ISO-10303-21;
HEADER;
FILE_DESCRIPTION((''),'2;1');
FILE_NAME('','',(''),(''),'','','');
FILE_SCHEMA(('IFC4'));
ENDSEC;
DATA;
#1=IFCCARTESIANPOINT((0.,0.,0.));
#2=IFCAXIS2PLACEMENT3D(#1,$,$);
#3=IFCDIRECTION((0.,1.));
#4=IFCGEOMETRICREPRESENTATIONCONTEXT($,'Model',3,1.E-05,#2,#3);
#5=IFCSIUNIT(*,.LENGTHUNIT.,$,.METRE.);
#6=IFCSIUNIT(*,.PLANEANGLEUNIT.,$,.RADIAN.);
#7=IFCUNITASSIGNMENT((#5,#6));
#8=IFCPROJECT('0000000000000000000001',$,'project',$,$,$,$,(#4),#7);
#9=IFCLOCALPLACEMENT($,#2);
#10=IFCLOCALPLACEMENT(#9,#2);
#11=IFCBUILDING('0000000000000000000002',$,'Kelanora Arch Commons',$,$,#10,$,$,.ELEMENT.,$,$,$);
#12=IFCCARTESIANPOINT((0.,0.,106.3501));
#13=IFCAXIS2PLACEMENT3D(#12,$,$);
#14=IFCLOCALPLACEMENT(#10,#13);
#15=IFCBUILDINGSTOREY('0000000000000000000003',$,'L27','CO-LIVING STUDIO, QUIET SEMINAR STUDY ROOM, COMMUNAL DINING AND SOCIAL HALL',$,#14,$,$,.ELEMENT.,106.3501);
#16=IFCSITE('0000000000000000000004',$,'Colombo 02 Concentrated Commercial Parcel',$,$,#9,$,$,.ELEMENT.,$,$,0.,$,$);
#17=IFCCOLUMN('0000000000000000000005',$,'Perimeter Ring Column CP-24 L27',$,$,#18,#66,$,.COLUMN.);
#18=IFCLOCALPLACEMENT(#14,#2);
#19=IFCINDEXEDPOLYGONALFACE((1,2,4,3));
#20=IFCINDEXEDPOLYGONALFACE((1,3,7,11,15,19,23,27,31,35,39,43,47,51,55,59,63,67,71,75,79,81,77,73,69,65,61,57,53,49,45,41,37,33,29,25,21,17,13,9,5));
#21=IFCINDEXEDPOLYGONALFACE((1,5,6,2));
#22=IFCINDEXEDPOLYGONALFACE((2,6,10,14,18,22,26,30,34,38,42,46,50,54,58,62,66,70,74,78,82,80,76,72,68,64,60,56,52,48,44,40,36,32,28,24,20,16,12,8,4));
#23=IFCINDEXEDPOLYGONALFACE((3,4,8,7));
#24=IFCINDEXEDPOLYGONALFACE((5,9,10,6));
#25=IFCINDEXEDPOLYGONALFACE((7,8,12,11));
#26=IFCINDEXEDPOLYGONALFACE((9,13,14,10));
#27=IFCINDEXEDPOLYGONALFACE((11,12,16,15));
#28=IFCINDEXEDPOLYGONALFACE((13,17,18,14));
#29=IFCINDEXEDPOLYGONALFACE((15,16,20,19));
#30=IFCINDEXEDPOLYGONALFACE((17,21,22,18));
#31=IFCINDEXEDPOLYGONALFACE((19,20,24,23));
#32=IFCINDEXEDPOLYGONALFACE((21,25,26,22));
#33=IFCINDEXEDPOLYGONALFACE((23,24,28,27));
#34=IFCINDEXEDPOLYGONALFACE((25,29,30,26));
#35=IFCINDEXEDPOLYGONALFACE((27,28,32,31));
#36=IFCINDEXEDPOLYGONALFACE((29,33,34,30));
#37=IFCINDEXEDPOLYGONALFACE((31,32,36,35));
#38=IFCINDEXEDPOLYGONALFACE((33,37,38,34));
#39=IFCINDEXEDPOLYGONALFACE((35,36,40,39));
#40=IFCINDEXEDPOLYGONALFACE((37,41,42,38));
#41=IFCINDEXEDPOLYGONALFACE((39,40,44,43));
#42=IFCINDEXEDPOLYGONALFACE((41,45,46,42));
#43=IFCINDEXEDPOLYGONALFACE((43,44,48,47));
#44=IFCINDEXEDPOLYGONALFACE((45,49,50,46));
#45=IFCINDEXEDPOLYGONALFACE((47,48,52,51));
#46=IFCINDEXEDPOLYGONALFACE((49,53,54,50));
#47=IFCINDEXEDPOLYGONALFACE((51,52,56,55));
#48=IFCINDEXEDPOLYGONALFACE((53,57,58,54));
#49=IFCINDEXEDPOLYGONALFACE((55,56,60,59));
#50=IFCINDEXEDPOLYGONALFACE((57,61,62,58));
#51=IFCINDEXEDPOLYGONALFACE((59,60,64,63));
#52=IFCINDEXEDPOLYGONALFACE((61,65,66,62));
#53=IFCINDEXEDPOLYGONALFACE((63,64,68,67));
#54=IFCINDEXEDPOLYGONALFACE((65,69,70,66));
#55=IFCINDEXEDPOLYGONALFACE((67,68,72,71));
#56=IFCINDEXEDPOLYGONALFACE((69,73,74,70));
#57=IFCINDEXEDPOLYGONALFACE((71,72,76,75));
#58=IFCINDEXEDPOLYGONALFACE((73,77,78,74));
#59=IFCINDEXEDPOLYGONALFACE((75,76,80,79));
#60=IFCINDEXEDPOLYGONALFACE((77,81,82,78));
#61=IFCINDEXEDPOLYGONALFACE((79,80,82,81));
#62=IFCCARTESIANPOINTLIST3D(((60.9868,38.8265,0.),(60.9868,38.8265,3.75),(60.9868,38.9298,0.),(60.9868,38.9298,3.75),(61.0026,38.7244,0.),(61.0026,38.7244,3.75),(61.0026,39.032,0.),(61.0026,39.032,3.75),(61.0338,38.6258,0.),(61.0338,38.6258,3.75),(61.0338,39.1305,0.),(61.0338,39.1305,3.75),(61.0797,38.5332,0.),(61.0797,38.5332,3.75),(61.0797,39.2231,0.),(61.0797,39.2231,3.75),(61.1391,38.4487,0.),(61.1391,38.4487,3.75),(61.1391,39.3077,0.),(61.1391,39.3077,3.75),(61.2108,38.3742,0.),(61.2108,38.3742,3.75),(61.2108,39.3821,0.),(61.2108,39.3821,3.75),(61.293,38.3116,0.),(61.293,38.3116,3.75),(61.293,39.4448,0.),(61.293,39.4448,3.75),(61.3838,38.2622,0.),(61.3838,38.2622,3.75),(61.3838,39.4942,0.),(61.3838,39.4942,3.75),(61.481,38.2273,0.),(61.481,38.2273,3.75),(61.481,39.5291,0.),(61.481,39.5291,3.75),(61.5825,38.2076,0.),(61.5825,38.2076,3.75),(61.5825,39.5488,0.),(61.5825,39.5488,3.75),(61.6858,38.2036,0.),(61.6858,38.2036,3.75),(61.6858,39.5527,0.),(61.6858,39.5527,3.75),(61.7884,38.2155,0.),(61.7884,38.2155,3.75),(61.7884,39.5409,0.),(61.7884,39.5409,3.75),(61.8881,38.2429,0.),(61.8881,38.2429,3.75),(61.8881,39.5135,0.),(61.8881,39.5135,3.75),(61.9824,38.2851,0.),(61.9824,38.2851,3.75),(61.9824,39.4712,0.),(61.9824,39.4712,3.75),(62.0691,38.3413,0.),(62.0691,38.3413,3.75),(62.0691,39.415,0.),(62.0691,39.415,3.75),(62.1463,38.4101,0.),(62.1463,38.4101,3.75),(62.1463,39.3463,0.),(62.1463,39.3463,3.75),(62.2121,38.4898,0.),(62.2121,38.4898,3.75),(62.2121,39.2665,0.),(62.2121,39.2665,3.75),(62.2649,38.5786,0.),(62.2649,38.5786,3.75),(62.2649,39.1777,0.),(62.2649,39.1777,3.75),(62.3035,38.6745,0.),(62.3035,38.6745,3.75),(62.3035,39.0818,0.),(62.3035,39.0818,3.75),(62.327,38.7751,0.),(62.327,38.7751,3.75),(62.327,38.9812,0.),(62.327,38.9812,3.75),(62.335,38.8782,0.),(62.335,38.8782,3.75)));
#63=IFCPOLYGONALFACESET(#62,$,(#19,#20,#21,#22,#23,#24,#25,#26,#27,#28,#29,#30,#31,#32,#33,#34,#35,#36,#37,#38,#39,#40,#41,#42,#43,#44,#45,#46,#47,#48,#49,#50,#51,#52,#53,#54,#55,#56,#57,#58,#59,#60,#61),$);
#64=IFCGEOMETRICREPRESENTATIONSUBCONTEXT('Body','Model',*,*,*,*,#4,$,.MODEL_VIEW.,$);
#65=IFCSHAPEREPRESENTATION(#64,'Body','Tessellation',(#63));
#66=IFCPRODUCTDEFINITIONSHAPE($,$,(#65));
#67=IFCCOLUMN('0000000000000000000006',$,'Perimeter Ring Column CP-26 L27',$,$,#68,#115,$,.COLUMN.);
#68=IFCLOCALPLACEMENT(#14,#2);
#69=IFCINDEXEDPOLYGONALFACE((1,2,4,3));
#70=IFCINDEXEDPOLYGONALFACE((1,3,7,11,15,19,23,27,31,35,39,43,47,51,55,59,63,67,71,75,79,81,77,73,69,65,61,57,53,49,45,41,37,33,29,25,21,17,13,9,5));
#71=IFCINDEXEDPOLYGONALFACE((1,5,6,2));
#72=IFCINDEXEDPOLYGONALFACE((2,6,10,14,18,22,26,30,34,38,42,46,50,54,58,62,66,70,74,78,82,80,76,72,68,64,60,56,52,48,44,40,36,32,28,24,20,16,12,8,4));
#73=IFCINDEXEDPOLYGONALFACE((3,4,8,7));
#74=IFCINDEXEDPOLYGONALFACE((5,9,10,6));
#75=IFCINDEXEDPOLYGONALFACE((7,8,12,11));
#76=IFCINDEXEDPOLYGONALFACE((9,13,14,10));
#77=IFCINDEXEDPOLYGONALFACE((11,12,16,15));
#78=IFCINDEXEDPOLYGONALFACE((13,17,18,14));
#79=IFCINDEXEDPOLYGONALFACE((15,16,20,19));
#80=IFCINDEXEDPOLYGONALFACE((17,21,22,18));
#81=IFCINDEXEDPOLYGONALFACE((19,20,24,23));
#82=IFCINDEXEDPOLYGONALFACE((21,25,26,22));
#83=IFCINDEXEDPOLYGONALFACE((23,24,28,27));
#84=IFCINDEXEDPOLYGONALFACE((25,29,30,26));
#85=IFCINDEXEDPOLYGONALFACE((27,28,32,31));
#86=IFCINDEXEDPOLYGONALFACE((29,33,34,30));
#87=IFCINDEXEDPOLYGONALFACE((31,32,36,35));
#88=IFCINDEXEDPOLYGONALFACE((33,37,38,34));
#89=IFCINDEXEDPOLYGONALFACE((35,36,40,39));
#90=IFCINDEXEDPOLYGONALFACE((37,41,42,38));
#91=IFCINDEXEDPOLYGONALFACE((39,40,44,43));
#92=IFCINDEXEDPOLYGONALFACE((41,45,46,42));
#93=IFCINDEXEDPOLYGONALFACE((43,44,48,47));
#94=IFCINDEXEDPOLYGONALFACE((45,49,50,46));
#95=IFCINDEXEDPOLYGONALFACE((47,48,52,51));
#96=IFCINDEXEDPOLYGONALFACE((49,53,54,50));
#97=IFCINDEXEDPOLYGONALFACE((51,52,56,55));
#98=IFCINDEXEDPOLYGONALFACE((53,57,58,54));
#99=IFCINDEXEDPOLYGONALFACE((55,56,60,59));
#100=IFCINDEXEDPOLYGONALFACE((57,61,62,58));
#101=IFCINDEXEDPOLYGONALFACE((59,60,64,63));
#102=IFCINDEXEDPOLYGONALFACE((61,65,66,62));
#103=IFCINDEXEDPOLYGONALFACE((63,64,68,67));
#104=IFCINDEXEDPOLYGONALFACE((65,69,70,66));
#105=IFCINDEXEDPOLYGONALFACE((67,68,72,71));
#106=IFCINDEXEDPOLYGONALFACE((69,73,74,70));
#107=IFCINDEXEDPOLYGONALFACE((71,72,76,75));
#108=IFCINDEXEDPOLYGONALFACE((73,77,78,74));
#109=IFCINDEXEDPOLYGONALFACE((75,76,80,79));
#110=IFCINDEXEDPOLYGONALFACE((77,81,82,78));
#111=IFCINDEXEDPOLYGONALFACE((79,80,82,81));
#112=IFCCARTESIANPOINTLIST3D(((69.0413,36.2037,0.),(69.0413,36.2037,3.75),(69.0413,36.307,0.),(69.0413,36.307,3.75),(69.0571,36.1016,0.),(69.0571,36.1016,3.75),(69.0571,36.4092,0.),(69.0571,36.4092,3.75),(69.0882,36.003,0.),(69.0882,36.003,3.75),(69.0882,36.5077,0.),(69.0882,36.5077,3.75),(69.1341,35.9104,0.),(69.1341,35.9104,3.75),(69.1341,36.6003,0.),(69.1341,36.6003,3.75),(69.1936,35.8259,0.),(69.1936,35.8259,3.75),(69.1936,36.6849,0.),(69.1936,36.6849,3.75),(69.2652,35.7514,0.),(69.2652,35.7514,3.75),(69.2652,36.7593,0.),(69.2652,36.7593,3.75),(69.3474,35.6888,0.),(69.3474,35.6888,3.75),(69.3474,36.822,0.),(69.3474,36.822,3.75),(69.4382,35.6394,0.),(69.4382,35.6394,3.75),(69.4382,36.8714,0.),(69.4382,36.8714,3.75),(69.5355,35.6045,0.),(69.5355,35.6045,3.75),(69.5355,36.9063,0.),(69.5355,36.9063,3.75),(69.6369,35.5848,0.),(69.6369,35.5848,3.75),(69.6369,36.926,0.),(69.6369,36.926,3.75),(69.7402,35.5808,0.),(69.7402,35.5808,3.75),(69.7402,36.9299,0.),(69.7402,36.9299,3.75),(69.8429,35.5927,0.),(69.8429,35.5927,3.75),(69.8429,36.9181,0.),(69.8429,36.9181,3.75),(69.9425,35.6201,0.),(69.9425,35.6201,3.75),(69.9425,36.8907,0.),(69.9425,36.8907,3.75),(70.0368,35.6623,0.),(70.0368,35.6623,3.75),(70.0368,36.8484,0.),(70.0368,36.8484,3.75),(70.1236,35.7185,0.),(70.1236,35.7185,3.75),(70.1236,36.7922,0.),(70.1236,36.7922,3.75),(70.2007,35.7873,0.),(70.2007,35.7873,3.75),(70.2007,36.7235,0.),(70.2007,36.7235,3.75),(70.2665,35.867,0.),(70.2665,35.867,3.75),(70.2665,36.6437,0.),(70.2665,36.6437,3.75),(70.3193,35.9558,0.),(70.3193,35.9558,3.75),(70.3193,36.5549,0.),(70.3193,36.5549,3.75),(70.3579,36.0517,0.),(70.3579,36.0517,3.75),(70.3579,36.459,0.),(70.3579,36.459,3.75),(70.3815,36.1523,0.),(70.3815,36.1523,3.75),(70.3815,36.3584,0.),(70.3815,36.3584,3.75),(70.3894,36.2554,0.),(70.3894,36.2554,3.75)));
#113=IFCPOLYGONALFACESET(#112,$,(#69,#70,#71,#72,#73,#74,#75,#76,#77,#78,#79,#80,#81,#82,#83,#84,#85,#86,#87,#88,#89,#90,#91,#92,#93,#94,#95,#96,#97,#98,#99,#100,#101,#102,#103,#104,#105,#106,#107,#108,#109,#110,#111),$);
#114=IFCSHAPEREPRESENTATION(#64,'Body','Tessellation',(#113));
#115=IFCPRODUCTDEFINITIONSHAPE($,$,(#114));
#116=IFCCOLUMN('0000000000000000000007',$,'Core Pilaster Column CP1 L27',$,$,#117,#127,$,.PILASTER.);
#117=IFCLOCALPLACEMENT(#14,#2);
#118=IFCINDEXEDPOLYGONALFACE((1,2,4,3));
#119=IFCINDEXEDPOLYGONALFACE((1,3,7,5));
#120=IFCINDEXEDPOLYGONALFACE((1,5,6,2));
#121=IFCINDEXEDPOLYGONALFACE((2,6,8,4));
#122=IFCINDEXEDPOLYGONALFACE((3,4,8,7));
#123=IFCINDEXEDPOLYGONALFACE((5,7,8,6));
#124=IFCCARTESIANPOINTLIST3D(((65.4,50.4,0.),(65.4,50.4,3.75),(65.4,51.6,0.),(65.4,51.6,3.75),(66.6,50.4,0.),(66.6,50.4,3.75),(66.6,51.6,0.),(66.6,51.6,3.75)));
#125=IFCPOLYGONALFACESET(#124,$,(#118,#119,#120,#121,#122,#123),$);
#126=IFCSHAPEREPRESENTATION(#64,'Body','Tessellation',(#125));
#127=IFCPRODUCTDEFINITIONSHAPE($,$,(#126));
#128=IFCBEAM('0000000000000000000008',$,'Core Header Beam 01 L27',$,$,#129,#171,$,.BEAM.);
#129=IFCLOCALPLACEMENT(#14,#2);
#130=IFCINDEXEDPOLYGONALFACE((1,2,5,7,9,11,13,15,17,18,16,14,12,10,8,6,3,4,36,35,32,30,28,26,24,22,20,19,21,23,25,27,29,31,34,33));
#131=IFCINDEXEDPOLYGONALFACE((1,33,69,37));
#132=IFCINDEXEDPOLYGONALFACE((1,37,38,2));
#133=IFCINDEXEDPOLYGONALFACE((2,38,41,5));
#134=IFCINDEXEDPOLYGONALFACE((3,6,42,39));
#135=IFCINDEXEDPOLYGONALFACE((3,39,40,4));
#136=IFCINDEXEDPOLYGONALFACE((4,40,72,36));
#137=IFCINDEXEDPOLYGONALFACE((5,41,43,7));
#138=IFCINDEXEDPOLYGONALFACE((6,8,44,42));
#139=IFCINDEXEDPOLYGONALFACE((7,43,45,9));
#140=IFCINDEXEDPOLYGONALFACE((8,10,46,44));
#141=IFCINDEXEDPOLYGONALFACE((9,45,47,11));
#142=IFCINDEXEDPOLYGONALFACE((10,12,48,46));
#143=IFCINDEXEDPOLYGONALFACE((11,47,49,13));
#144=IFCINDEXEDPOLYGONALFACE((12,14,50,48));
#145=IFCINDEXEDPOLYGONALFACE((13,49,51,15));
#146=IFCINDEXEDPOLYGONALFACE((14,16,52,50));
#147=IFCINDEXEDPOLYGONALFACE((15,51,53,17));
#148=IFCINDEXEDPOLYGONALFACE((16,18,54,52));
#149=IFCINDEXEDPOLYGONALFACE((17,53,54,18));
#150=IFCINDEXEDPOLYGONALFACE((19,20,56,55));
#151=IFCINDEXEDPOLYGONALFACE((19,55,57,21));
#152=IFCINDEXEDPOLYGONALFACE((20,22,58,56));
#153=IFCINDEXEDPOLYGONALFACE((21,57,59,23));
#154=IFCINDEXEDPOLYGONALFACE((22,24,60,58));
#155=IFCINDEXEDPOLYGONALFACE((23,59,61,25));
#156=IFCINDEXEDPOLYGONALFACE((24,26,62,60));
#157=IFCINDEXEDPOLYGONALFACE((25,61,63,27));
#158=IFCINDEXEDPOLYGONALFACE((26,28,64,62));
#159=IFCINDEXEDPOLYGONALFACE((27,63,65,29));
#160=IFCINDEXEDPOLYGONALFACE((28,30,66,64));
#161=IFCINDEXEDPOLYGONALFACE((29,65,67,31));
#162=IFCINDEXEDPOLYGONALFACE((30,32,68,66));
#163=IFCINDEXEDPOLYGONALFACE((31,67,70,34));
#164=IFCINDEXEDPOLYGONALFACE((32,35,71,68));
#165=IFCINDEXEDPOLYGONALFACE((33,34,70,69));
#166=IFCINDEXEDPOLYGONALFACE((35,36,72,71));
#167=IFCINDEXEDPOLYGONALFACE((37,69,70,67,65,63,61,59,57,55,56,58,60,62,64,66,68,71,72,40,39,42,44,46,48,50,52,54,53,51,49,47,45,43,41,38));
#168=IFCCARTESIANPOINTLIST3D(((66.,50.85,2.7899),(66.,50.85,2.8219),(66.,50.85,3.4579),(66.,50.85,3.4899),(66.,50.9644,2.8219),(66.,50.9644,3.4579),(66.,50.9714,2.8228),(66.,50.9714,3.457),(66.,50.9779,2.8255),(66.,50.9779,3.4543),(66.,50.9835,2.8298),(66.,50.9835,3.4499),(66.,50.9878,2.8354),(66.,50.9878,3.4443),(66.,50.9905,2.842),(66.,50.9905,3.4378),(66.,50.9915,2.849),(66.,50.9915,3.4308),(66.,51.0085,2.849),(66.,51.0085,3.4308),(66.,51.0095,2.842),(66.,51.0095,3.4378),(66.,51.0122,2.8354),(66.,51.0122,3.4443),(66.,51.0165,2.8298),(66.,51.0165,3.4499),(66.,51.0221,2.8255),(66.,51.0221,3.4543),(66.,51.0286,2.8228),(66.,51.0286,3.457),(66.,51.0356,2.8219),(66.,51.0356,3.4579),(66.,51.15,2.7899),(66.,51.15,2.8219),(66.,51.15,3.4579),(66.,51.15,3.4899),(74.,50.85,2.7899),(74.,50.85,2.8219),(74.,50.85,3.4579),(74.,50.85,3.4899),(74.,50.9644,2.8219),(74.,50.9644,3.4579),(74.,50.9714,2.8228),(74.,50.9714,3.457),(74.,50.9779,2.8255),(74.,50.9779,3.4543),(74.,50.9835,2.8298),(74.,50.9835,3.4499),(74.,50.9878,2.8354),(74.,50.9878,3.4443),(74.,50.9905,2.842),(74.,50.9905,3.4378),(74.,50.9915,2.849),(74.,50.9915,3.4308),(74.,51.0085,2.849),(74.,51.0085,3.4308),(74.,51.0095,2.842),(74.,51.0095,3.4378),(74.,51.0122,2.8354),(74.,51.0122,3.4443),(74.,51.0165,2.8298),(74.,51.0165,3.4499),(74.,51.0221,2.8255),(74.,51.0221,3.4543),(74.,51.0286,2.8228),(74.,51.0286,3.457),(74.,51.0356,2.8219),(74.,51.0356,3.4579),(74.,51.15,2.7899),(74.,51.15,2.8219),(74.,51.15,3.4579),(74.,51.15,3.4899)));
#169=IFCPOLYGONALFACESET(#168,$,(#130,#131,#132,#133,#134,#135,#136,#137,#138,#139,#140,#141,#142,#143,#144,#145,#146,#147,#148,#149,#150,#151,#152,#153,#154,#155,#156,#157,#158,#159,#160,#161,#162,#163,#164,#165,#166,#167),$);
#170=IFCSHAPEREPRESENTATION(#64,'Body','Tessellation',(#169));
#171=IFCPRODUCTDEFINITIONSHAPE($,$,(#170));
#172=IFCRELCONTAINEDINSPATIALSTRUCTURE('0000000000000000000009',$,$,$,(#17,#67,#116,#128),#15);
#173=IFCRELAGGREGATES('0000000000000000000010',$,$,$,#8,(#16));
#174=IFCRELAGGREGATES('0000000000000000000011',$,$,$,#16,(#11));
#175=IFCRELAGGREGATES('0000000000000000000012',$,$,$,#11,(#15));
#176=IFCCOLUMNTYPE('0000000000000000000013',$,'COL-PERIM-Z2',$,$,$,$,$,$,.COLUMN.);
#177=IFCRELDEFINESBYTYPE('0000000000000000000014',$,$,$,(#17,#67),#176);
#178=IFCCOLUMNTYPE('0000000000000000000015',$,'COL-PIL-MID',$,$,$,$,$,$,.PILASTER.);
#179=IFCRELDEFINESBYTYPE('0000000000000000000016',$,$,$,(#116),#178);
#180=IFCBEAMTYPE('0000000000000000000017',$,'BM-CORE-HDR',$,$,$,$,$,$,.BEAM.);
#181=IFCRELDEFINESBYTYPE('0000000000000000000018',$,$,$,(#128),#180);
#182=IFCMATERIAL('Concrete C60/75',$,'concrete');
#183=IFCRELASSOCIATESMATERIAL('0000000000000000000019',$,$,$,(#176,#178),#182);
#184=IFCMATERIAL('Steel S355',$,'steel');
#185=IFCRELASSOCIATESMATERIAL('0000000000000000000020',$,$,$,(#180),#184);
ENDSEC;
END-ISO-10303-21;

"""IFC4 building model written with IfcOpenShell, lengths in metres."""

from ifc_helpers import new_model, si_unit, direction, frame, origin, origin_2d, place, context, subcontext, project, spatial, rectangle, circle, i_section, extrude, material, material_profile, profile_set, type_object, element, save


model = new_model("IFC4")

# Units and contexts
model_context = context("Model", 3, precision=1e-05, world=origin(), true_north=direction((0.0, 1.0)))
body_context = subcontext(model_context, "Body", "Model", "MODEL_VIEW")
ifc_project = project(units=[si_unit("LENGTHUNIT", "METRE"), si_unit("PLANEANGLEUNIT", "RADIAN")], contexts=[model_context])

# Site, building, storey
site_placement = place(None, origin())
site = spatial("IfcSite", under=ifc_project, at=site_placement, Name="Colombo 02 Concentrated Commercial Parcel", CompositionType="ELEMENT", RefElevation=0.0)
building_placement = place(site_placement, origin())
building = spatial("IfcBuilding", under=site, at=building_placement, Name="Kelanora Arch Commons", CompositionType="ELEMENT")
storey_placement = place(building_placement, frame((0.0, 0.0, 106.3501)))
storey = spatial("IfcBuildingStorey", under=building, at=storey_placement, Name="L27", Description="CO-LIVING STUDIO, QUIET SEMINAR STUDY ROOM, COMMUNAL DINING AND SOCIAL HALL", CompositionType="ELEMENT", Elevation=106.3501)

# Columns
ifc_material_1 = material(Name="Concrete C60/75", Category="concrete")
ifc_material_profile_1 = material_profile(ifc_material_1, circle(Radius=0.675, at=origin_2d()), Name="RCC1350")
ifc_profile_set_1 = profile_set([ifc_material_profile_1], Name="Concrete C60/75")
column_type_1 = type_object("IfcColumnType", Name="COL-PERIM-Z2", PredefinedType="COLUMN", material=ifc_profile_set_1)
for number, where, z_axis, x_axis, name in (
    (1, (61.6599, 38.8782, 0.0), (0.0, 0.0, 1.0), (1.0, 0.0, 0.0), "Perimeter Ring Column CP-24 L27"),
    (2, (69.7144, 36.2554, 0.0), (0.0, 0.0, 1.0), (1.0, 0.0, 0.0), "Perimeter Ring Column CP-26 L27"),
):
    element("IfcColumn", number, at=place(storey_placement, frame(where, z_axis=z_axis, x_axis=x_axis)), inside=storey, type_object=column_type_1, Name=name, PredefinedType="COLUMN", context=body_context, shape_type="SweptSolid", body=[
        extrude(circle(Radius=0.675, at=origin_2d()), origin(), (0.0, 0.0, 1.0), 3.75),
    ])
ifc_material_profile_2 = material_profile(ifc_material_1, rectangle(XDim=1.2, YDim=1.2, at=origin_2d()), Name="RC1200x1200")
ifc_profile_set_2 = profile_set([ifc_material_profile_2], Name="Concrete C60/75")
column_type_2 = type_object("IfcColumnType", Name="COL-PIL-MID", PredefinedType="PILASTER", material=ifc_profile_set_2)
column_placement = place(storey_placement, frame((66.0, 51.0, 0.0), z_axis=(0.0, 0.0, 1.0), x_axis=(1.0, 0.0, 0.0)))
element("IfcColumn", 3, at=column_placement, inside=storey, type_object=column_type_2, Name="Core Pilaster Column CP1 L27", PredefinedType="PILASTER", context=body_context, shape_type="SweptSolid", body=[
    extrude(rectangle(XDim=1.2, YDim=1.2, at=origin_2d()), origin(), (0.0, 0.0, 1.0), 3.75),
])

# Beam
ifc_material_2 = material(Name="Steel S355", Category="steel")
ifc_material_profile_3 = material_profile(ifc_material_2, i_section(OverallWidth=0.3, OverallDepth=0.7, WebThickness=0.0171, FlangeThickness=0.032, FilletRadius=0.0271, at=origin_2d()), Name="HEB700")
ifc_profile_set_3 = profile_set([ifc_material_profile_3], Name="Steel S355")
beam_type_1 = type_object("IfcBeamType", Name="BM-CORE-HDR", PredefinedType="BEAM", material=ifc_profile_set_3)
beam_1_placement = place(storey_placement, frame((66.0, 51.0, 3.1399), z_axis=(1.0, 0.0, 0.0), x_axis=(0.0, 1.0, 0.0)))
element("IfcBeam", 4, at=beam_1_placement, inside=storey, type_object=beam_type_1, Name="Core Header Beam 01 L27", PredefinedType="BEAM", context=body_context, shape_type="SweptSolid", body=[
    extrude(i_section(OverallWidth=0.3, OverallDepth=0.7, WebThickness=0.0171, FlangeThickness=0.032, FilletRadius=0.0271, at=origin_2d()), origin(), (0.0, 0.0, 1.0), 8.0),
])

save(model, "model.ifc")
